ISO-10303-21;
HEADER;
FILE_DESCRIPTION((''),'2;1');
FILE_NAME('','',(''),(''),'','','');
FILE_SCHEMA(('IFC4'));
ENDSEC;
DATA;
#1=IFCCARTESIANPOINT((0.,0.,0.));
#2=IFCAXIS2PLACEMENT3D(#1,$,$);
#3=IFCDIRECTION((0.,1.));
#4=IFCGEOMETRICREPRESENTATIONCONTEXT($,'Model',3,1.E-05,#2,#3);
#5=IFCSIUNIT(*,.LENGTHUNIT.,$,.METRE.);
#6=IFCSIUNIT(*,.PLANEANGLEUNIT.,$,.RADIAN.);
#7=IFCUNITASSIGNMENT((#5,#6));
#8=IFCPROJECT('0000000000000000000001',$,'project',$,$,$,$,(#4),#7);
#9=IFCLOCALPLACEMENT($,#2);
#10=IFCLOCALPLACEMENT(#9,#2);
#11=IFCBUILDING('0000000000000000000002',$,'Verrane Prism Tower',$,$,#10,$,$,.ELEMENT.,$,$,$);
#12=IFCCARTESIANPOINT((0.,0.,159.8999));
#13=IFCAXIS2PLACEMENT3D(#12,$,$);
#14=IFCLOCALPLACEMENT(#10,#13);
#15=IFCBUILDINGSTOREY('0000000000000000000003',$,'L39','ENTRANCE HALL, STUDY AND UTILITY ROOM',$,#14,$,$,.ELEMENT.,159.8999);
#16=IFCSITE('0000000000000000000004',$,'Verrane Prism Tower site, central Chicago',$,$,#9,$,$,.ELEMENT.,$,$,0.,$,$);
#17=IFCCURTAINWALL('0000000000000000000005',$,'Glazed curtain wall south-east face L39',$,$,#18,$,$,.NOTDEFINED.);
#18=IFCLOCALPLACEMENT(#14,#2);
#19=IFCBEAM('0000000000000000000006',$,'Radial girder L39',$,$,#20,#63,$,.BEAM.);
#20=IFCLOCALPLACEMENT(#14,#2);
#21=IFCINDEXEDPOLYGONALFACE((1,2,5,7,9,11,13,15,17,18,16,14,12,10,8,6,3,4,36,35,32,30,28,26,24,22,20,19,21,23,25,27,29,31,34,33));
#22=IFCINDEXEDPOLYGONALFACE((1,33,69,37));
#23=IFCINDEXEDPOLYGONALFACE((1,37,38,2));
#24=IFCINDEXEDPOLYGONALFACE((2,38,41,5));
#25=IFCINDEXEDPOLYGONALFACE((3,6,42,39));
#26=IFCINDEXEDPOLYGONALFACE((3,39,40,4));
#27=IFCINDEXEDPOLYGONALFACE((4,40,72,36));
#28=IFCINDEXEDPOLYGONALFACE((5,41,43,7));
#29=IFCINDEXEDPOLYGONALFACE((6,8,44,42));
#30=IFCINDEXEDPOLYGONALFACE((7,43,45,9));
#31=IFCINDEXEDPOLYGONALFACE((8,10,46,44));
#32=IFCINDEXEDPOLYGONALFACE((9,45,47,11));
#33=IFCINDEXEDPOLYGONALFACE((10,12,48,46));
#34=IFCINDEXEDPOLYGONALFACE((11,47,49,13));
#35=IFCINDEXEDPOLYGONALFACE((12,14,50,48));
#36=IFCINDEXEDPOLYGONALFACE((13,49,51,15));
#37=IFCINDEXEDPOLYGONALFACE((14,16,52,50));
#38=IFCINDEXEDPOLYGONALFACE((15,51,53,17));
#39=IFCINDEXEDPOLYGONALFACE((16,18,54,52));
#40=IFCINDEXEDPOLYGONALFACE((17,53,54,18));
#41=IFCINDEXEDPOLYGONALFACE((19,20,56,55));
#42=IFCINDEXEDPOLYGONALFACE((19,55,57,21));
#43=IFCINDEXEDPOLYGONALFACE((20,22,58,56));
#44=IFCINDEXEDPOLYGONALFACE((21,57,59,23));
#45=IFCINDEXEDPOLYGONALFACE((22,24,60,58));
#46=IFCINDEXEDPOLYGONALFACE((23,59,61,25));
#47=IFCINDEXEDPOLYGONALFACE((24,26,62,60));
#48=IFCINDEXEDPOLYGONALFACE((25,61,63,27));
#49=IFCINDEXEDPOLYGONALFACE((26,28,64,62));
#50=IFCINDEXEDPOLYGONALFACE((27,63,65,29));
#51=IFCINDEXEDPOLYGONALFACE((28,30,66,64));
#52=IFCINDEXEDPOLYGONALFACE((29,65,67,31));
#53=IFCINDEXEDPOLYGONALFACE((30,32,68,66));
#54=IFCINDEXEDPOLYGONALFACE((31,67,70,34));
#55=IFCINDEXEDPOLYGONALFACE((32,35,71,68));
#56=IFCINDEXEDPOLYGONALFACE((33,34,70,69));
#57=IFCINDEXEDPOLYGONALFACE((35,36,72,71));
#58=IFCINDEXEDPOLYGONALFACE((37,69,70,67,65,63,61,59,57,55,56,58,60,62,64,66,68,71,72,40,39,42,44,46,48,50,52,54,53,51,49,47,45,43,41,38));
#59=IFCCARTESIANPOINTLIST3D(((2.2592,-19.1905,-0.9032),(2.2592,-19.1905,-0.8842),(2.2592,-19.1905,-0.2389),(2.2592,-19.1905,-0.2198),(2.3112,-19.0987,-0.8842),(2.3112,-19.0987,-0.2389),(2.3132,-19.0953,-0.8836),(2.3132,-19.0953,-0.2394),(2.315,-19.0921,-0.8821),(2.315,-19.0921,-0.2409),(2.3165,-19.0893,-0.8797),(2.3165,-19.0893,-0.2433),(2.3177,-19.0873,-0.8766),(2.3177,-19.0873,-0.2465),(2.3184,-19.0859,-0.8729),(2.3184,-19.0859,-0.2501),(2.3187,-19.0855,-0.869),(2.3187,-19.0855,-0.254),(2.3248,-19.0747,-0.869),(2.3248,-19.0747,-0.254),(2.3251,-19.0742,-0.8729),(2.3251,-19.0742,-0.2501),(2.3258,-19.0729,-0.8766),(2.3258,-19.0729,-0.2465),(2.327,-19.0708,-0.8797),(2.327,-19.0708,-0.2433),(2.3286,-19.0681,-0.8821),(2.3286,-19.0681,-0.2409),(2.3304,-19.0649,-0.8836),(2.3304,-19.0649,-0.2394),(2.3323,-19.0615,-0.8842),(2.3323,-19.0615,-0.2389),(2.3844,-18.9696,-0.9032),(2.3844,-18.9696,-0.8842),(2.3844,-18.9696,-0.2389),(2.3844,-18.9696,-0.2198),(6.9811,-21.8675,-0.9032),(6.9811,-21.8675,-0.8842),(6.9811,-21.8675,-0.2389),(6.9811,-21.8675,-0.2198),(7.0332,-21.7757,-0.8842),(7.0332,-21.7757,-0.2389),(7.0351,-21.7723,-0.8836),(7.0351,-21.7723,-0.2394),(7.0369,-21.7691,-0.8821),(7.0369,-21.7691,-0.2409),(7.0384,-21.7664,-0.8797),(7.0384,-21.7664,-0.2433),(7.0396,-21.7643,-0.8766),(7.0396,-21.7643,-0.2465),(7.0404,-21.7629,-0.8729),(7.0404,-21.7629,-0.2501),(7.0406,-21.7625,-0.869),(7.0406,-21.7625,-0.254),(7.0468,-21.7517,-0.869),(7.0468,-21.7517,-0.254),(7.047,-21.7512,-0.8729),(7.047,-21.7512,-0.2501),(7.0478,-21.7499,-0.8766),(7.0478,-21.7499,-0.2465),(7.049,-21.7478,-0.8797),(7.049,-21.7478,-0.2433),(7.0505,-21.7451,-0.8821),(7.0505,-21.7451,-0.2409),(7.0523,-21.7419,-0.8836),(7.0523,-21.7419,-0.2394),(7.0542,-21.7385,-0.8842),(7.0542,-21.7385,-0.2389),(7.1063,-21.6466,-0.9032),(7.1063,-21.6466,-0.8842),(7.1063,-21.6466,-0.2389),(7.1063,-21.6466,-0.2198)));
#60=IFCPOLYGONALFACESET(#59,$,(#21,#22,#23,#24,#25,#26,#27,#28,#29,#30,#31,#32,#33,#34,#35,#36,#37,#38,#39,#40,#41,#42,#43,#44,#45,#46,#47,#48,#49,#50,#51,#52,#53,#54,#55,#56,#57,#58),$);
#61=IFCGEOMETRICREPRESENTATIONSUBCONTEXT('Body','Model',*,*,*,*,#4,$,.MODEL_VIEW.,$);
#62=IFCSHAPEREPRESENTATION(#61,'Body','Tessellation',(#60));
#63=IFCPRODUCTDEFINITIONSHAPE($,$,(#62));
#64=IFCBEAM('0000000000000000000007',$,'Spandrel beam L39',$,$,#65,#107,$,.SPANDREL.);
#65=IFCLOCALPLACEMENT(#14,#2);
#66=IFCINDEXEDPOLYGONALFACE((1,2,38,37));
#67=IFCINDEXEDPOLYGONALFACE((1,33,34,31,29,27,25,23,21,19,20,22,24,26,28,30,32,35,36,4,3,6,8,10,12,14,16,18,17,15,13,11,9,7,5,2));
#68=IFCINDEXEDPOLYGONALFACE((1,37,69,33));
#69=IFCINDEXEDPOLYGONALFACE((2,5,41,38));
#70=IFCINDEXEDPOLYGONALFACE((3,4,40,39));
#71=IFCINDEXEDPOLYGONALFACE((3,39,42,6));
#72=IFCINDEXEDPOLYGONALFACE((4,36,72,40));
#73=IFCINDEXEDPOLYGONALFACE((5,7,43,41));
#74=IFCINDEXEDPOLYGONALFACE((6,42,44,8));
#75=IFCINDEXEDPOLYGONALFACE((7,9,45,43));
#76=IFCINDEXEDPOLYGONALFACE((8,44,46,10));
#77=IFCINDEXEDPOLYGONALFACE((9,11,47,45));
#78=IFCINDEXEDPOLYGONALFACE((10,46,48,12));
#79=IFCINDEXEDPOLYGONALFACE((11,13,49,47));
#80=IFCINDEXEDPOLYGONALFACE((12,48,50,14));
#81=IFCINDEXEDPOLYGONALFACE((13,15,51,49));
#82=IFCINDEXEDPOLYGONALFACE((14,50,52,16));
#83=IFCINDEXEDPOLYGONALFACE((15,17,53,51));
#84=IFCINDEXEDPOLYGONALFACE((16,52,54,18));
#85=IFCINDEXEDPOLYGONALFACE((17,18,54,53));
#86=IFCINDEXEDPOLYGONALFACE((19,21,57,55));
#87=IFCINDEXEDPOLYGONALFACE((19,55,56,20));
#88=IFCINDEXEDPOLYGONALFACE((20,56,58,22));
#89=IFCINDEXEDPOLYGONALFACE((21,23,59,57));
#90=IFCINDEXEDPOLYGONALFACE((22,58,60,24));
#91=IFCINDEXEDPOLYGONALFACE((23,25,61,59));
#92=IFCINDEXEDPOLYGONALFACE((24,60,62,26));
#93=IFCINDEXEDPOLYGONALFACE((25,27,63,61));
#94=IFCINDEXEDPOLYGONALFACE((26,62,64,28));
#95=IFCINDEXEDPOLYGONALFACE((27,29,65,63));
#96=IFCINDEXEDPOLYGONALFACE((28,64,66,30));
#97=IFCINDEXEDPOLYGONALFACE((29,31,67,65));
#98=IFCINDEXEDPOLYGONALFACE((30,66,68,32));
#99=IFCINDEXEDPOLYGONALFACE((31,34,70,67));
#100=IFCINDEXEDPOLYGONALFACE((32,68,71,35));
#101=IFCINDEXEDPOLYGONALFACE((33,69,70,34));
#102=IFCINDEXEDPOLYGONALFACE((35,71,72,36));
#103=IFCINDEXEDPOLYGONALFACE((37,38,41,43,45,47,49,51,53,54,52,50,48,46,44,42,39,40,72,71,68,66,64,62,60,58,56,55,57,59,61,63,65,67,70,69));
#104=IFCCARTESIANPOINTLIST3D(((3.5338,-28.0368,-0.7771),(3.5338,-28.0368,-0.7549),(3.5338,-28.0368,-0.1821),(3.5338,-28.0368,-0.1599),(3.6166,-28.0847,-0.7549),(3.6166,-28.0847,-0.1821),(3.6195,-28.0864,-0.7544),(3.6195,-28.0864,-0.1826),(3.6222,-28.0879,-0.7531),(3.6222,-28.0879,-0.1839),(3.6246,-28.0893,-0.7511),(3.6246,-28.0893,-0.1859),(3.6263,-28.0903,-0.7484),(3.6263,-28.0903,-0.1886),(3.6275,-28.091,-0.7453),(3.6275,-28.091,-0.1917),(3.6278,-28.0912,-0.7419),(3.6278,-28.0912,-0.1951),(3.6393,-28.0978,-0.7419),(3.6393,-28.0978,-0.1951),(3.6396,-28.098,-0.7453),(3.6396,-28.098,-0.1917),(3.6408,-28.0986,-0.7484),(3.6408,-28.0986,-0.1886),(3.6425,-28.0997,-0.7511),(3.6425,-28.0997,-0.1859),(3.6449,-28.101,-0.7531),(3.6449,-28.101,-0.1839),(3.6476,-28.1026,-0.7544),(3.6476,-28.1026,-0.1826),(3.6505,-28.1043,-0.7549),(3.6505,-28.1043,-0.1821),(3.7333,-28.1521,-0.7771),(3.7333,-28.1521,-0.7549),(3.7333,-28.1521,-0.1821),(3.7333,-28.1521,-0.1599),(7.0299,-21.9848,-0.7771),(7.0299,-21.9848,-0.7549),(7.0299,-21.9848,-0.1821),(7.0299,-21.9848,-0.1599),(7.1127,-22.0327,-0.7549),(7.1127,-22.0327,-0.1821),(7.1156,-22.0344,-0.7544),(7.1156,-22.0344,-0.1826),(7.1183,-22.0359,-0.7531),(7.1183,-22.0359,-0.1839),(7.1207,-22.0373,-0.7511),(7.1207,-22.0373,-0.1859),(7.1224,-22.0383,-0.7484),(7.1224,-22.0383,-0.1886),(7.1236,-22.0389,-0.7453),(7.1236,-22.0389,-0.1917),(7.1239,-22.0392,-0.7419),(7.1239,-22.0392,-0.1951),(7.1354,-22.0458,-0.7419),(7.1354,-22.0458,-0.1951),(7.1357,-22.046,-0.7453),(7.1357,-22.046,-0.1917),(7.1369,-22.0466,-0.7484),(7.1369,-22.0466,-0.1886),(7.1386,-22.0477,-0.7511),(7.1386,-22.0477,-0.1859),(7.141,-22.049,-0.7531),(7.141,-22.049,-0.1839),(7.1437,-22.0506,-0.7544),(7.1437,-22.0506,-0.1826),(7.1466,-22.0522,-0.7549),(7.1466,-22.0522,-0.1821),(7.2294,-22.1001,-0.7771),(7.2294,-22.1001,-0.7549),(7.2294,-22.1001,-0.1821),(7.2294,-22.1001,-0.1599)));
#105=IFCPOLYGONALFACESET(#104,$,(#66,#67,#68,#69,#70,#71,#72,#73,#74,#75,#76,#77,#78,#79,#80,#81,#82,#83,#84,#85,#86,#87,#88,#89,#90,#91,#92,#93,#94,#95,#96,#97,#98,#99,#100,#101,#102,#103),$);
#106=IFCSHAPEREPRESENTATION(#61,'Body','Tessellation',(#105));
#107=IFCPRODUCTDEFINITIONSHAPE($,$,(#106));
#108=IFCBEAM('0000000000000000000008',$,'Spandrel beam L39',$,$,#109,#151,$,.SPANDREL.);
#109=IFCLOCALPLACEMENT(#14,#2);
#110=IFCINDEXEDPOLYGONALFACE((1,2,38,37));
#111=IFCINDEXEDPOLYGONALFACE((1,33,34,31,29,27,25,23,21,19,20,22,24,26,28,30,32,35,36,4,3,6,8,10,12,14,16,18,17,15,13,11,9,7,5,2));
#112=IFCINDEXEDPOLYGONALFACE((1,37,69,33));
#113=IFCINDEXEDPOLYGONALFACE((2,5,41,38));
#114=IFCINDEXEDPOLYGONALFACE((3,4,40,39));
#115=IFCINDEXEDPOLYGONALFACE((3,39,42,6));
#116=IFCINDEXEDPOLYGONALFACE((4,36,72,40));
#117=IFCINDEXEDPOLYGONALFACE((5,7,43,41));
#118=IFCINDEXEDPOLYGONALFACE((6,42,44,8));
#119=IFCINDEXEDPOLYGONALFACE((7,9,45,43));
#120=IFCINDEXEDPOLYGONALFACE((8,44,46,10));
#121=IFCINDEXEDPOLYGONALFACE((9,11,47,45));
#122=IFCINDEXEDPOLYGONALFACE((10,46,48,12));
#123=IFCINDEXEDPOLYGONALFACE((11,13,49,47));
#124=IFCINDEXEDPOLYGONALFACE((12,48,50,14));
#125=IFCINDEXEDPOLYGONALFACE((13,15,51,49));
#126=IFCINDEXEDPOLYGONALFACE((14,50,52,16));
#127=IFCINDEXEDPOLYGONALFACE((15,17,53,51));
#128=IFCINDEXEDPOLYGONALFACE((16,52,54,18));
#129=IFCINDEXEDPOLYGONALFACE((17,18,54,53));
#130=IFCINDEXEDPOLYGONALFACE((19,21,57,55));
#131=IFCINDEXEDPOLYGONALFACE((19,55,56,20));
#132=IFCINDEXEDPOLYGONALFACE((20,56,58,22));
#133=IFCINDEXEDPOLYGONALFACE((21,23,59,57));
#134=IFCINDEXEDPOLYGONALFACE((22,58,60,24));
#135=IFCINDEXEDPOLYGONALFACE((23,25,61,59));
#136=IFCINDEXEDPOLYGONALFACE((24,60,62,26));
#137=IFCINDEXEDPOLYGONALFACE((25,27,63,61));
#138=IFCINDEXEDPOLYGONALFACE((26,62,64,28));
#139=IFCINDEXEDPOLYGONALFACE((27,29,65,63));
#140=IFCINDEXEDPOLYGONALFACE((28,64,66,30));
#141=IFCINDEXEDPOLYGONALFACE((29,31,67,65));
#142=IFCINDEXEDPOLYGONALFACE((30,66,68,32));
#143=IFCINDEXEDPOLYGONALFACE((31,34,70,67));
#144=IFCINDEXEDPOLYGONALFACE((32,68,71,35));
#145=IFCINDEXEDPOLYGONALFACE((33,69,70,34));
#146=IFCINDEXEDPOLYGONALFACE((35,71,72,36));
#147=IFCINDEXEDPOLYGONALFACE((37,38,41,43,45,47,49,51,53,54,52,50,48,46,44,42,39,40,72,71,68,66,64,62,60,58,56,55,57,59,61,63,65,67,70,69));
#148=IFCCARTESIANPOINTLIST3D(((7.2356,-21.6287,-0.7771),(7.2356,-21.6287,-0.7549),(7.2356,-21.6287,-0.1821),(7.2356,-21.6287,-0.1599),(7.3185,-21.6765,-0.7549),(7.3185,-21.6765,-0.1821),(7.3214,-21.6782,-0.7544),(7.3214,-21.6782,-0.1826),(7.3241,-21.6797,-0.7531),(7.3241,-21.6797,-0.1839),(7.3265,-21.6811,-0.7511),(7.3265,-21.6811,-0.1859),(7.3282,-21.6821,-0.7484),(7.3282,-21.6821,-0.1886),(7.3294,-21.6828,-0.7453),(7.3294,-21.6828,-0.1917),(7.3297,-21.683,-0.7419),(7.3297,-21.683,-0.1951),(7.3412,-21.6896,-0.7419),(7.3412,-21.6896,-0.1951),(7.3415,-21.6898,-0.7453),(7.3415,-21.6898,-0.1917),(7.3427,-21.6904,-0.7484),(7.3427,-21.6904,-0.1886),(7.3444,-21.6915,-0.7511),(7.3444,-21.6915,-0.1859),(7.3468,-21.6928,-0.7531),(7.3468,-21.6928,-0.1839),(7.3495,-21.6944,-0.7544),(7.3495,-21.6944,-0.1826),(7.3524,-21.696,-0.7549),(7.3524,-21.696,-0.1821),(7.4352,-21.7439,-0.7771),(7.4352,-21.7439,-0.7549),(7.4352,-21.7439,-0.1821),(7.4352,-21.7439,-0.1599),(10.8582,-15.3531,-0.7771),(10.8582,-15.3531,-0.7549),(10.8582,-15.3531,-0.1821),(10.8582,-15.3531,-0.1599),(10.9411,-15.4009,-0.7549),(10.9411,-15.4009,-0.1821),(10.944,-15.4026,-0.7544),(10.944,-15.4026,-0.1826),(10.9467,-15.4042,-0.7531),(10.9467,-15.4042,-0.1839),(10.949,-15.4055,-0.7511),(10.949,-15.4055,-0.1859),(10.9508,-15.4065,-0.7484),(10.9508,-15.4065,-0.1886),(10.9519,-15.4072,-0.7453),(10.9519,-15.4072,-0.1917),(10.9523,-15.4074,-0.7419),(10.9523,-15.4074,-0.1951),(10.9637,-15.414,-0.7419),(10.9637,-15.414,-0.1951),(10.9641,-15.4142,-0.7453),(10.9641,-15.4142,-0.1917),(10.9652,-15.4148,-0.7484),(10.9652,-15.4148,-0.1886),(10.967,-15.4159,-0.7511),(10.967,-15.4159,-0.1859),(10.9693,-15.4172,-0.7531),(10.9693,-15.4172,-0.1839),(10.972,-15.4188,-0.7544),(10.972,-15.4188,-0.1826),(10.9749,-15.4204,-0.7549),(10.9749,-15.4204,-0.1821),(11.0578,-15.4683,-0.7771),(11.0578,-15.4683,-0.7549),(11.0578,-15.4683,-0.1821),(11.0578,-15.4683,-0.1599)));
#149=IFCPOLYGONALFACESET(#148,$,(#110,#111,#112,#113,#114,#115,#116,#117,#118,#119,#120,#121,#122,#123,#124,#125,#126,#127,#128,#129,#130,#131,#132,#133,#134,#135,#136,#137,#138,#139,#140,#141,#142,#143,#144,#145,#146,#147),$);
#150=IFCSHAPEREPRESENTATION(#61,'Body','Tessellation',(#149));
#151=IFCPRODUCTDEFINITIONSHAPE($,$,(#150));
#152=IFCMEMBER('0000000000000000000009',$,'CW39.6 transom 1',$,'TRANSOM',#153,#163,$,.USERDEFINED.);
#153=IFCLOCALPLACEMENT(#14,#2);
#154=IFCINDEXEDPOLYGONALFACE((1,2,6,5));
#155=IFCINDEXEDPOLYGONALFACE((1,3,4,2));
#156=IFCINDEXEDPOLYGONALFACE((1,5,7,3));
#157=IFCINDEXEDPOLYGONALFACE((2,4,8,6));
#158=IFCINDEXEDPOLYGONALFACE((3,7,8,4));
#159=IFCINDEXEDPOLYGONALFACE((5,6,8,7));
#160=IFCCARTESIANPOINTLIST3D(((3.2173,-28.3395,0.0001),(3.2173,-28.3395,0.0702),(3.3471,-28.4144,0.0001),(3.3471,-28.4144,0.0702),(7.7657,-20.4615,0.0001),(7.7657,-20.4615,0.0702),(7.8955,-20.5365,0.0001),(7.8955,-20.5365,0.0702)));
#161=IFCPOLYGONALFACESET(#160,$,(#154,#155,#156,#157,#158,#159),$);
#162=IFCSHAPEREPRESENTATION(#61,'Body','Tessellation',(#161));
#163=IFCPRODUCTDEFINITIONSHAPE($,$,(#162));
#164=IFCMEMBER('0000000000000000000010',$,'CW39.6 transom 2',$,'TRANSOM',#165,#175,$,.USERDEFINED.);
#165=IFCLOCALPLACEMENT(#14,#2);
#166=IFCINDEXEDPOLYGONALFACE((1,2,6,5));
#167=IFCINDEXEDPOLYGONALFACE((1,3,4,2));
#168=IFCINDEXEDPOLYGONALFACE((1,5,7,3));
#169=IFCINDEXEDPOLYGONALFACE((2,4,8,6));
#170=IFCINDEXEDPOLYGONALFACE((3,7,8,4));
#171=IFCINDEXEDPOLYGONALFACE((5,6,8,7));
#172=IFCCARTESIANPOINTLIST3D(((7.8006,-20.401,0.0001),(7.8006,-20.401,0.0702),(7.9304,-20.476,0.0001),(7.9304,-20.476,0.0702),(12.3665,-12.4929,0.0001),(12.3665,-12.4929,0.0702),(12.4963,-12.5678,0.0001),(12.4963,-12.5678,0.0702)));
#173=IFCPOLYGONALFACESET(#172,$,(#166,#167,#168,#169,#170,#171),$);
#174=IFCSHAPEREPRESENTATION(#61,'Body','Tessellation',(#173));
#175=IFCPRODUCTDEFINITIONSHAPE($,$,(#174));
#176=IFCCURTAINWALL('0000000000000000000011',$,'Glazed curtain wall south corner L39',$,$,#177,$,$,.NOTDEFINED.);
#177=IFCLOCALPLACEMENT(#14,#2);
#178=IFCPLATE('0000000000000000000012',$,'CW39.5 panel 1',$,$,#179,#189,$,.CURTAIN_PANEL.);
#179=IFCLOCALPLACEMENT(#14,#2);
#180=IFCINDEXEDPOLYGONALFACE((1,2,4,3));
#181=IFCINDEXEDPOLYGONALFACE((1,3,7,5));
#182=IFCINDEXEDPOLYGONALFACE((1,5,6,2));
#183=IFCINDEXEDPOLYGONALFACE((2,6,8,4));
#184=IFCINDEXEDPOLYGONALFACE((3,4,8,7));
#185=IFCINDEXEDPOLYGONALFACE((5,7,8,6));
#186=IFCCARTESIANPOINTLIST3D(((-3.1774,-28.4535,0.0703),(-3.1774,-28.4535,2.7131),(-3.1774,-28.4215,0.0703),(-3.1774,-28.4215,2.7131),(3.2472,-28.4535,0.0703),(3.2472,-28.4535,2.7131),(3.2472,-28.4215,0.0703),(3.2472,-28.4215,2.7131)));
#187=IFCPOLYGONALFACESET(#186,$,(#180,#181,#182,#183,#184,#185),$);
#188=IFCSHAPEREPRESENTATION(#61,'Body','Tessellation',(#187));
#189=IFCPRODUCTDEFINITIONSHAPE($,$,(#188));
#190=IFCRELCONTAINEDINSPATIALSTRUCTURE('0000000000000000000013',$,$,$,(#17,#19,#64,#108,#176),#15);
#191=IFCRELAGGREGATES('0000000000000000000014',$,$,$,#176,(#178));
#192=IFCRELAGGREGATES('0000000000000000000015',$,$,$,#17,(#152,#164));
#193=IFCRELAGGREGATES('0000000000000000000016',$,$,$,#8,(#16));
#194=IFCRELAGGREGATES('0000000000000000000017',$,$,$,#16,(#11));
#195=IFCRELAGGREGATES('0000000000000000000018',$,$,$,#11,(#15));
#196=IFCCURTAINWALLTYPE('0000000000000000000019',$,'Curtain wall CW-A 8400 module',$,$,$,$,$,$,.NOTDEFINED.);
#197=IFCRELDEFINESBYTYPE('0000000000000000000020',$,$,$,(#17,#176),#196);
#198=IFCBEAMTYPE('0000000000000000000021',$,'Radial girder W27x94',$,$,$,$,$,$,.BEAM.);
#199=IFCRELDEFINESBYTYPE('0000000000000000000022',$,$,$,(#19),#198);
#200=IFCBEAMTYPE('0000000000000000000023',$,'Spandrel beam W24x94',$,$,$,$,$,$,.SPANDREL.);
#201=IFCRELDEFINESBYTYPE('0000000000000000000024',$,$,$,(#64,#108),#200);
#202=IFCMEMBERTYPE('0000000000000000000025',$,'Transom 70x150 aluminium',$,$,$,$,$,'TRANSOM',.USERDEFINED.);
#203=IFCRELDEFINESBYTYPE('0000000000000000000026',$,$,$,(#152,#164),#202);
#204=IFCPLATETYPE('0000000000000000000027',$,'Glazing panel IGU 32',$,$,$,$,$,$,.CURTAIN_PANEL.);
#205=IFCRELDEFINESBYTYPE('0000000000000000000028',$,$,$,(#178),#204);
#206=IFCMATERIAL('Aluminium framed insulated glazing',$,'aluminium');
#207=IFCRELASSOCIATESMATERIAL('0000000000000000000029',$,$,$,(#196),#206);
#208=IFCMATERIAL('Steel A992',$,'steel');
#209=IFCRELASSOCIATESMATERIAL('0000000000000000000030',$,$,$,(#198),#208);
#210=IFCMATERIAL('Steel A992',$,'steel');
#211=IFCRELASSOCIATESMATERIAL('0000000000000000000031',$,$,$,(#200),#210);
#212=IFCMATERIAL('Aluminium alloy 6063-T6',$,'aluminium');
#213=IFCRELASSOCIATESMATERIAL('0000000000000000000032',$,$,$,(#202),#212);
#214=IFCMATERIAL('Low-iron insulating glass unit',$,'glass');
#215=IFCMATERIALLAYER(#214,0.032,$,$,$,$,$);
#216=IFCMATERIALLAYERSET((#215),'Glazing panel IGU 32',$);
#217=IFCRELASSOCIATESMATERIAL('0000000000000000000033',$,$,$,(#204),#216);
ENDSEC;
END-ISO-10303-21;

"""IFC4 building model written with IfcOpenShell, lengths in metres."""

from ifc_helpers import new_model, si_unit, direction, frame, origin, origin_2d, place, context, subcontext, project, spatial, rectangle, i_section, extrude, material, layer, layer_set, material_profile, profile_set, type_object, element, aggregate, save


model = new_model("IFC4")

# Units and contexts
model_context = context("Model", 3, precision=1e-05, world=origin(), true_north=direction((0.0, 1.0)))
body_context = subcontext(model_context, "Body", "Model", "MODEL_VIEW")
ifc_project = project(units=[si_unit("LENGTHUNIT", "METRE"), si_unit("PLANEANGLEUNIT", "RADIAN")], contexts=[model_context])

# Site, building, storey
site_placement = place(None, origin())
site = spatial("IfcSite", under=ifc_project, at=site_placement, Name="Verrane Prism Tower site, central Chicago", CompositionType="ELEMENT", RefElevation=0.0)
building_placement = place(site_placement, origin())
building = spatial("IfcBuilding", under=site, at=building_placement, Name="Verrane Prism Tower", CompositionType="ELEMENT")
storey_placement = place(building_placement, frame((0.0, 0.0, 159.8999)))
storey = spatial("IfcBuildingStorey", under=building, at=storey_placement, Name="L39", Description="ENTRANCE HALL, STUDY AND UTILITY ROOM", CompositionType="ELEMENT", Elevation=159.8999)

# Curtain wall
ifc_material_1 = material(Name="Aluminium framed insulated glazing", Category="aluminium")
curtain_wall_type = type_object("IfcCurtainWallType", Name="Curtain wall CW-A 8400 module", PredefinedType="NOTDEFINED", material=ifc_material_1)
curtain_wall_1_placement = place(storey_placement, origin())
curtain_wall_1 = element("IfcCurtainWall", 1, at=curtain_wall_1_placement, inside=storey, type_object=curtain_wall_type, Name="Glazed curtain wall south-east face L39", PredefinedType="NOTDEFINED")

# Beams
ifc_material_2 = material(Name="Steel A992", Category="steel")
ifc_material_profile_1 = material_profile(ifc_material_2, i_section(OverallWidth=0.2539, OverallDepth=0.6833, WebThickness=0.0125, FlangeThickness=0.019, FilletRadius=0.0151, at=origin_2d()), Name="W27x94")
ifc_profile_set_1 = profile_set([ifc_material_profile_1], Name="Steel A992")
beam_type_1 = type_object("IfcBeamType", Name="Radial girder W27x94", PredefinedType="BEAM", material=ifc_profile_set_1)
beam_1_placement = place(storey_placement, frame((7.0437, -21.7571, -0.5615), z_axis=(-0.869924, 0.493186, 0.0), x_axis=(-0.493186, -0.869924, 0.0)))
element("IfcBeam", 2, at=beam_1_placement, inside=storey, type_object=beam_type_1, Name="Radial girder L39", PredefinedType="BEAM", context=body_context, shape_type="SweptSolid", body=[
    extrude(i_section(OverallWidth=0.2539, OverallDepth=0.6833, WebThickness=0.0125, FlangeThickness=0.019, FilletRadius=0.0151, at=origin_2d()), origin(), (0.0, 0.0, 1.0), 5.428),
])
ifc_material_3 = material(Name="Steel A992", Category="steel")
ifc_material_profile_2 = material_profile(ifc_material_3, i_section(OverallWidth=0.2305, OverallDepth=0.6172, WebThickness=0.0132, FlangeThickness=0.0222, FilletRadius=0.0129, at=origin_2d()), Name="W24x94")
ifc_profile_set_2 = profile_set([ifc_material_profile_2], Name="Steel A992")
beam_type_2 = type_object("IfcBeamType", Name="Spandrel beam W24x94", PredefinedType="SPANDREL", material=ifc_profile_set_2)
beam_2_placement = place(storey_placement, frame((3.6335, -28.0945, -0.4685), z_axis=(0.500211, 0.865903, 0.0), x_axis=(-0.865903, 0.500211, 0.0)))
element("IfcBeam", 3, at=beam_2_placement, inside=storey, type_object=beam_type_2, Name="Spandrel beam L39", PredefinedType="SPANDREL", context=body_context, shape_type="SweptSolid", body=[
    extrude(i_section(OverallWidth=0.2305, OverallDepth=0.6172, WebThickness=0.0132, FlangeThickness=0.0222, FilletRadius=0.0129, at=origin_2d()), origin(), (0.0, 0.0, 1.0), 6.9893),
])
beam_3_placement = place(storey_placement, frame((7.3354, -21.6863, -0.4685), z_axis=(0.49993, 0.866066, 0.0), x_axis=(-0.866066, 0.49993, 0.0)))
element("IfcBeam", 4, at=beam_3_placement, inside=storey, type_object=beam_type_2, Name="Spandrel beam L39", PredefinedType="SPANDREL", context=body_context, shape_type="SweptSolid", body=[
    extrude(i_section(OverallWidth=0.2305, OverallDepth=0.6172, WebThickness=0.0132, FlangeThickness=0.0222, FilletRadius=0.0129, at=origin_2d()), origin(), (0.0, 0.0, 1.0), 7.2461),
])

# Members
ifc_material_4 = material(Name="Aluminium alloy 6063-T6", Category="aluminium")
ifc_material_profile_3 = material_profile(ifc_material_4, rectangle(XDim=0.1499, YDim=0.0701, at=origin_2d()), Name="Transom 70x150 aluminium")
ifc_profile_set_3 = profile_set([ifc_material_profile_3], Name="Aluminium alloy 6063-T6")
member_type_1 = type_object("IfcMemberType", Name="Transom 70x150 aluminium", ElementType="TRANSOM", PredefinedType="USERDEFINED", material=ifc_profile_set_3)
member_1_placement = place(storey_placement, frame((3.2822, -28.377, 0.0352), z_axis=(0.500001, 0.866025, 0.0), x_axis=(-0.866025, 0.500001, 0.0)))
member_1 = element("IfcMember", 5, at=member_1_placement, type_object=member_type_1, Name="CW39.6 transom 1", ObjectType="TRANSOM", PredefinedType="USERDEFINED", context=body_context, shape_type="SweptSolid", body=[
    extrude(rectangle(XDim=0.1499, YDim=0.0701, at=origin_2d()), origin(), (0.0, 0.0, 1.0), 9.0967),
])
member_2_placement = place(storey_placement, frame((7.8655, -20.4385, 0.0352), z_axis=(0.500009, 0.86602, 0.0), x_axis=(-0.86602, 0.500009, 0.0)))
member_2 = element("IfcMember", 6, at=member_2_placement, type_object=member_type_1, Name="CW39.6 transom 2", ObjectType="TRANSOM", PredefinedType="USERDEFINED", context=body_context, shape_type="SweptSolid", body=[
    extrude(rectangle(XDim=0.1499, YDim=0.0701, at=origin_2d()), origin(), (0.0, 0.0, 1.0), 9.1316),
])

# Curtain wall, plate
curtain_wall_2_placement = place(storey_placement, origin())
curtain_wall_2 = element("IfcCurtainWall", 7, at=curtain_wall_2_placement, inside=storey, type_object=curtain_wall_type, Name="Glazed curtain wall south corner L39", PredefinedType="NOTDEFINED")
ifc_material_5 = material(Name="Low-iron insulating glass unit", Category="glass")
ifc_layer_1 = layer(ifc_material_5, 0.032)
ifc_layer_set_1 = layer_set([ifc_layer_1], Name="Glazing panel IGU 32")
plate_type = type_object("IfcPlateType", Name="Glazing panel IGU 32", PredefinedType="CURTAIN_PANEL", material=ifc_layer_set_1)
plate_1_placement = place(storey_placement, frame((0.0349, -28.4375, 0.0703), z_axis=(0.0, 0.0, 1.0), x_axis=(1.0, 0.0, 0.0)))
plate_1 = element("IfcPlate", 8, at=plate_1_placement, type_object=plate_type, Name="CW39.5 panel 1", PredefinedType="CURTAIN_PANEL", context=body_context, shape_type="SweptSolid", body=[
    extrude(rectangle(XDim=6.4246, YDim=0.032, at=origin_2d()), origin(), (0.0, 0.0, 1.0), 2.6428),
])
aggregate(curtain_wall_2, [plate_1])

aggregate(curtain_wall_1, [member_1, member_2])

save(model, "model.ifc")
